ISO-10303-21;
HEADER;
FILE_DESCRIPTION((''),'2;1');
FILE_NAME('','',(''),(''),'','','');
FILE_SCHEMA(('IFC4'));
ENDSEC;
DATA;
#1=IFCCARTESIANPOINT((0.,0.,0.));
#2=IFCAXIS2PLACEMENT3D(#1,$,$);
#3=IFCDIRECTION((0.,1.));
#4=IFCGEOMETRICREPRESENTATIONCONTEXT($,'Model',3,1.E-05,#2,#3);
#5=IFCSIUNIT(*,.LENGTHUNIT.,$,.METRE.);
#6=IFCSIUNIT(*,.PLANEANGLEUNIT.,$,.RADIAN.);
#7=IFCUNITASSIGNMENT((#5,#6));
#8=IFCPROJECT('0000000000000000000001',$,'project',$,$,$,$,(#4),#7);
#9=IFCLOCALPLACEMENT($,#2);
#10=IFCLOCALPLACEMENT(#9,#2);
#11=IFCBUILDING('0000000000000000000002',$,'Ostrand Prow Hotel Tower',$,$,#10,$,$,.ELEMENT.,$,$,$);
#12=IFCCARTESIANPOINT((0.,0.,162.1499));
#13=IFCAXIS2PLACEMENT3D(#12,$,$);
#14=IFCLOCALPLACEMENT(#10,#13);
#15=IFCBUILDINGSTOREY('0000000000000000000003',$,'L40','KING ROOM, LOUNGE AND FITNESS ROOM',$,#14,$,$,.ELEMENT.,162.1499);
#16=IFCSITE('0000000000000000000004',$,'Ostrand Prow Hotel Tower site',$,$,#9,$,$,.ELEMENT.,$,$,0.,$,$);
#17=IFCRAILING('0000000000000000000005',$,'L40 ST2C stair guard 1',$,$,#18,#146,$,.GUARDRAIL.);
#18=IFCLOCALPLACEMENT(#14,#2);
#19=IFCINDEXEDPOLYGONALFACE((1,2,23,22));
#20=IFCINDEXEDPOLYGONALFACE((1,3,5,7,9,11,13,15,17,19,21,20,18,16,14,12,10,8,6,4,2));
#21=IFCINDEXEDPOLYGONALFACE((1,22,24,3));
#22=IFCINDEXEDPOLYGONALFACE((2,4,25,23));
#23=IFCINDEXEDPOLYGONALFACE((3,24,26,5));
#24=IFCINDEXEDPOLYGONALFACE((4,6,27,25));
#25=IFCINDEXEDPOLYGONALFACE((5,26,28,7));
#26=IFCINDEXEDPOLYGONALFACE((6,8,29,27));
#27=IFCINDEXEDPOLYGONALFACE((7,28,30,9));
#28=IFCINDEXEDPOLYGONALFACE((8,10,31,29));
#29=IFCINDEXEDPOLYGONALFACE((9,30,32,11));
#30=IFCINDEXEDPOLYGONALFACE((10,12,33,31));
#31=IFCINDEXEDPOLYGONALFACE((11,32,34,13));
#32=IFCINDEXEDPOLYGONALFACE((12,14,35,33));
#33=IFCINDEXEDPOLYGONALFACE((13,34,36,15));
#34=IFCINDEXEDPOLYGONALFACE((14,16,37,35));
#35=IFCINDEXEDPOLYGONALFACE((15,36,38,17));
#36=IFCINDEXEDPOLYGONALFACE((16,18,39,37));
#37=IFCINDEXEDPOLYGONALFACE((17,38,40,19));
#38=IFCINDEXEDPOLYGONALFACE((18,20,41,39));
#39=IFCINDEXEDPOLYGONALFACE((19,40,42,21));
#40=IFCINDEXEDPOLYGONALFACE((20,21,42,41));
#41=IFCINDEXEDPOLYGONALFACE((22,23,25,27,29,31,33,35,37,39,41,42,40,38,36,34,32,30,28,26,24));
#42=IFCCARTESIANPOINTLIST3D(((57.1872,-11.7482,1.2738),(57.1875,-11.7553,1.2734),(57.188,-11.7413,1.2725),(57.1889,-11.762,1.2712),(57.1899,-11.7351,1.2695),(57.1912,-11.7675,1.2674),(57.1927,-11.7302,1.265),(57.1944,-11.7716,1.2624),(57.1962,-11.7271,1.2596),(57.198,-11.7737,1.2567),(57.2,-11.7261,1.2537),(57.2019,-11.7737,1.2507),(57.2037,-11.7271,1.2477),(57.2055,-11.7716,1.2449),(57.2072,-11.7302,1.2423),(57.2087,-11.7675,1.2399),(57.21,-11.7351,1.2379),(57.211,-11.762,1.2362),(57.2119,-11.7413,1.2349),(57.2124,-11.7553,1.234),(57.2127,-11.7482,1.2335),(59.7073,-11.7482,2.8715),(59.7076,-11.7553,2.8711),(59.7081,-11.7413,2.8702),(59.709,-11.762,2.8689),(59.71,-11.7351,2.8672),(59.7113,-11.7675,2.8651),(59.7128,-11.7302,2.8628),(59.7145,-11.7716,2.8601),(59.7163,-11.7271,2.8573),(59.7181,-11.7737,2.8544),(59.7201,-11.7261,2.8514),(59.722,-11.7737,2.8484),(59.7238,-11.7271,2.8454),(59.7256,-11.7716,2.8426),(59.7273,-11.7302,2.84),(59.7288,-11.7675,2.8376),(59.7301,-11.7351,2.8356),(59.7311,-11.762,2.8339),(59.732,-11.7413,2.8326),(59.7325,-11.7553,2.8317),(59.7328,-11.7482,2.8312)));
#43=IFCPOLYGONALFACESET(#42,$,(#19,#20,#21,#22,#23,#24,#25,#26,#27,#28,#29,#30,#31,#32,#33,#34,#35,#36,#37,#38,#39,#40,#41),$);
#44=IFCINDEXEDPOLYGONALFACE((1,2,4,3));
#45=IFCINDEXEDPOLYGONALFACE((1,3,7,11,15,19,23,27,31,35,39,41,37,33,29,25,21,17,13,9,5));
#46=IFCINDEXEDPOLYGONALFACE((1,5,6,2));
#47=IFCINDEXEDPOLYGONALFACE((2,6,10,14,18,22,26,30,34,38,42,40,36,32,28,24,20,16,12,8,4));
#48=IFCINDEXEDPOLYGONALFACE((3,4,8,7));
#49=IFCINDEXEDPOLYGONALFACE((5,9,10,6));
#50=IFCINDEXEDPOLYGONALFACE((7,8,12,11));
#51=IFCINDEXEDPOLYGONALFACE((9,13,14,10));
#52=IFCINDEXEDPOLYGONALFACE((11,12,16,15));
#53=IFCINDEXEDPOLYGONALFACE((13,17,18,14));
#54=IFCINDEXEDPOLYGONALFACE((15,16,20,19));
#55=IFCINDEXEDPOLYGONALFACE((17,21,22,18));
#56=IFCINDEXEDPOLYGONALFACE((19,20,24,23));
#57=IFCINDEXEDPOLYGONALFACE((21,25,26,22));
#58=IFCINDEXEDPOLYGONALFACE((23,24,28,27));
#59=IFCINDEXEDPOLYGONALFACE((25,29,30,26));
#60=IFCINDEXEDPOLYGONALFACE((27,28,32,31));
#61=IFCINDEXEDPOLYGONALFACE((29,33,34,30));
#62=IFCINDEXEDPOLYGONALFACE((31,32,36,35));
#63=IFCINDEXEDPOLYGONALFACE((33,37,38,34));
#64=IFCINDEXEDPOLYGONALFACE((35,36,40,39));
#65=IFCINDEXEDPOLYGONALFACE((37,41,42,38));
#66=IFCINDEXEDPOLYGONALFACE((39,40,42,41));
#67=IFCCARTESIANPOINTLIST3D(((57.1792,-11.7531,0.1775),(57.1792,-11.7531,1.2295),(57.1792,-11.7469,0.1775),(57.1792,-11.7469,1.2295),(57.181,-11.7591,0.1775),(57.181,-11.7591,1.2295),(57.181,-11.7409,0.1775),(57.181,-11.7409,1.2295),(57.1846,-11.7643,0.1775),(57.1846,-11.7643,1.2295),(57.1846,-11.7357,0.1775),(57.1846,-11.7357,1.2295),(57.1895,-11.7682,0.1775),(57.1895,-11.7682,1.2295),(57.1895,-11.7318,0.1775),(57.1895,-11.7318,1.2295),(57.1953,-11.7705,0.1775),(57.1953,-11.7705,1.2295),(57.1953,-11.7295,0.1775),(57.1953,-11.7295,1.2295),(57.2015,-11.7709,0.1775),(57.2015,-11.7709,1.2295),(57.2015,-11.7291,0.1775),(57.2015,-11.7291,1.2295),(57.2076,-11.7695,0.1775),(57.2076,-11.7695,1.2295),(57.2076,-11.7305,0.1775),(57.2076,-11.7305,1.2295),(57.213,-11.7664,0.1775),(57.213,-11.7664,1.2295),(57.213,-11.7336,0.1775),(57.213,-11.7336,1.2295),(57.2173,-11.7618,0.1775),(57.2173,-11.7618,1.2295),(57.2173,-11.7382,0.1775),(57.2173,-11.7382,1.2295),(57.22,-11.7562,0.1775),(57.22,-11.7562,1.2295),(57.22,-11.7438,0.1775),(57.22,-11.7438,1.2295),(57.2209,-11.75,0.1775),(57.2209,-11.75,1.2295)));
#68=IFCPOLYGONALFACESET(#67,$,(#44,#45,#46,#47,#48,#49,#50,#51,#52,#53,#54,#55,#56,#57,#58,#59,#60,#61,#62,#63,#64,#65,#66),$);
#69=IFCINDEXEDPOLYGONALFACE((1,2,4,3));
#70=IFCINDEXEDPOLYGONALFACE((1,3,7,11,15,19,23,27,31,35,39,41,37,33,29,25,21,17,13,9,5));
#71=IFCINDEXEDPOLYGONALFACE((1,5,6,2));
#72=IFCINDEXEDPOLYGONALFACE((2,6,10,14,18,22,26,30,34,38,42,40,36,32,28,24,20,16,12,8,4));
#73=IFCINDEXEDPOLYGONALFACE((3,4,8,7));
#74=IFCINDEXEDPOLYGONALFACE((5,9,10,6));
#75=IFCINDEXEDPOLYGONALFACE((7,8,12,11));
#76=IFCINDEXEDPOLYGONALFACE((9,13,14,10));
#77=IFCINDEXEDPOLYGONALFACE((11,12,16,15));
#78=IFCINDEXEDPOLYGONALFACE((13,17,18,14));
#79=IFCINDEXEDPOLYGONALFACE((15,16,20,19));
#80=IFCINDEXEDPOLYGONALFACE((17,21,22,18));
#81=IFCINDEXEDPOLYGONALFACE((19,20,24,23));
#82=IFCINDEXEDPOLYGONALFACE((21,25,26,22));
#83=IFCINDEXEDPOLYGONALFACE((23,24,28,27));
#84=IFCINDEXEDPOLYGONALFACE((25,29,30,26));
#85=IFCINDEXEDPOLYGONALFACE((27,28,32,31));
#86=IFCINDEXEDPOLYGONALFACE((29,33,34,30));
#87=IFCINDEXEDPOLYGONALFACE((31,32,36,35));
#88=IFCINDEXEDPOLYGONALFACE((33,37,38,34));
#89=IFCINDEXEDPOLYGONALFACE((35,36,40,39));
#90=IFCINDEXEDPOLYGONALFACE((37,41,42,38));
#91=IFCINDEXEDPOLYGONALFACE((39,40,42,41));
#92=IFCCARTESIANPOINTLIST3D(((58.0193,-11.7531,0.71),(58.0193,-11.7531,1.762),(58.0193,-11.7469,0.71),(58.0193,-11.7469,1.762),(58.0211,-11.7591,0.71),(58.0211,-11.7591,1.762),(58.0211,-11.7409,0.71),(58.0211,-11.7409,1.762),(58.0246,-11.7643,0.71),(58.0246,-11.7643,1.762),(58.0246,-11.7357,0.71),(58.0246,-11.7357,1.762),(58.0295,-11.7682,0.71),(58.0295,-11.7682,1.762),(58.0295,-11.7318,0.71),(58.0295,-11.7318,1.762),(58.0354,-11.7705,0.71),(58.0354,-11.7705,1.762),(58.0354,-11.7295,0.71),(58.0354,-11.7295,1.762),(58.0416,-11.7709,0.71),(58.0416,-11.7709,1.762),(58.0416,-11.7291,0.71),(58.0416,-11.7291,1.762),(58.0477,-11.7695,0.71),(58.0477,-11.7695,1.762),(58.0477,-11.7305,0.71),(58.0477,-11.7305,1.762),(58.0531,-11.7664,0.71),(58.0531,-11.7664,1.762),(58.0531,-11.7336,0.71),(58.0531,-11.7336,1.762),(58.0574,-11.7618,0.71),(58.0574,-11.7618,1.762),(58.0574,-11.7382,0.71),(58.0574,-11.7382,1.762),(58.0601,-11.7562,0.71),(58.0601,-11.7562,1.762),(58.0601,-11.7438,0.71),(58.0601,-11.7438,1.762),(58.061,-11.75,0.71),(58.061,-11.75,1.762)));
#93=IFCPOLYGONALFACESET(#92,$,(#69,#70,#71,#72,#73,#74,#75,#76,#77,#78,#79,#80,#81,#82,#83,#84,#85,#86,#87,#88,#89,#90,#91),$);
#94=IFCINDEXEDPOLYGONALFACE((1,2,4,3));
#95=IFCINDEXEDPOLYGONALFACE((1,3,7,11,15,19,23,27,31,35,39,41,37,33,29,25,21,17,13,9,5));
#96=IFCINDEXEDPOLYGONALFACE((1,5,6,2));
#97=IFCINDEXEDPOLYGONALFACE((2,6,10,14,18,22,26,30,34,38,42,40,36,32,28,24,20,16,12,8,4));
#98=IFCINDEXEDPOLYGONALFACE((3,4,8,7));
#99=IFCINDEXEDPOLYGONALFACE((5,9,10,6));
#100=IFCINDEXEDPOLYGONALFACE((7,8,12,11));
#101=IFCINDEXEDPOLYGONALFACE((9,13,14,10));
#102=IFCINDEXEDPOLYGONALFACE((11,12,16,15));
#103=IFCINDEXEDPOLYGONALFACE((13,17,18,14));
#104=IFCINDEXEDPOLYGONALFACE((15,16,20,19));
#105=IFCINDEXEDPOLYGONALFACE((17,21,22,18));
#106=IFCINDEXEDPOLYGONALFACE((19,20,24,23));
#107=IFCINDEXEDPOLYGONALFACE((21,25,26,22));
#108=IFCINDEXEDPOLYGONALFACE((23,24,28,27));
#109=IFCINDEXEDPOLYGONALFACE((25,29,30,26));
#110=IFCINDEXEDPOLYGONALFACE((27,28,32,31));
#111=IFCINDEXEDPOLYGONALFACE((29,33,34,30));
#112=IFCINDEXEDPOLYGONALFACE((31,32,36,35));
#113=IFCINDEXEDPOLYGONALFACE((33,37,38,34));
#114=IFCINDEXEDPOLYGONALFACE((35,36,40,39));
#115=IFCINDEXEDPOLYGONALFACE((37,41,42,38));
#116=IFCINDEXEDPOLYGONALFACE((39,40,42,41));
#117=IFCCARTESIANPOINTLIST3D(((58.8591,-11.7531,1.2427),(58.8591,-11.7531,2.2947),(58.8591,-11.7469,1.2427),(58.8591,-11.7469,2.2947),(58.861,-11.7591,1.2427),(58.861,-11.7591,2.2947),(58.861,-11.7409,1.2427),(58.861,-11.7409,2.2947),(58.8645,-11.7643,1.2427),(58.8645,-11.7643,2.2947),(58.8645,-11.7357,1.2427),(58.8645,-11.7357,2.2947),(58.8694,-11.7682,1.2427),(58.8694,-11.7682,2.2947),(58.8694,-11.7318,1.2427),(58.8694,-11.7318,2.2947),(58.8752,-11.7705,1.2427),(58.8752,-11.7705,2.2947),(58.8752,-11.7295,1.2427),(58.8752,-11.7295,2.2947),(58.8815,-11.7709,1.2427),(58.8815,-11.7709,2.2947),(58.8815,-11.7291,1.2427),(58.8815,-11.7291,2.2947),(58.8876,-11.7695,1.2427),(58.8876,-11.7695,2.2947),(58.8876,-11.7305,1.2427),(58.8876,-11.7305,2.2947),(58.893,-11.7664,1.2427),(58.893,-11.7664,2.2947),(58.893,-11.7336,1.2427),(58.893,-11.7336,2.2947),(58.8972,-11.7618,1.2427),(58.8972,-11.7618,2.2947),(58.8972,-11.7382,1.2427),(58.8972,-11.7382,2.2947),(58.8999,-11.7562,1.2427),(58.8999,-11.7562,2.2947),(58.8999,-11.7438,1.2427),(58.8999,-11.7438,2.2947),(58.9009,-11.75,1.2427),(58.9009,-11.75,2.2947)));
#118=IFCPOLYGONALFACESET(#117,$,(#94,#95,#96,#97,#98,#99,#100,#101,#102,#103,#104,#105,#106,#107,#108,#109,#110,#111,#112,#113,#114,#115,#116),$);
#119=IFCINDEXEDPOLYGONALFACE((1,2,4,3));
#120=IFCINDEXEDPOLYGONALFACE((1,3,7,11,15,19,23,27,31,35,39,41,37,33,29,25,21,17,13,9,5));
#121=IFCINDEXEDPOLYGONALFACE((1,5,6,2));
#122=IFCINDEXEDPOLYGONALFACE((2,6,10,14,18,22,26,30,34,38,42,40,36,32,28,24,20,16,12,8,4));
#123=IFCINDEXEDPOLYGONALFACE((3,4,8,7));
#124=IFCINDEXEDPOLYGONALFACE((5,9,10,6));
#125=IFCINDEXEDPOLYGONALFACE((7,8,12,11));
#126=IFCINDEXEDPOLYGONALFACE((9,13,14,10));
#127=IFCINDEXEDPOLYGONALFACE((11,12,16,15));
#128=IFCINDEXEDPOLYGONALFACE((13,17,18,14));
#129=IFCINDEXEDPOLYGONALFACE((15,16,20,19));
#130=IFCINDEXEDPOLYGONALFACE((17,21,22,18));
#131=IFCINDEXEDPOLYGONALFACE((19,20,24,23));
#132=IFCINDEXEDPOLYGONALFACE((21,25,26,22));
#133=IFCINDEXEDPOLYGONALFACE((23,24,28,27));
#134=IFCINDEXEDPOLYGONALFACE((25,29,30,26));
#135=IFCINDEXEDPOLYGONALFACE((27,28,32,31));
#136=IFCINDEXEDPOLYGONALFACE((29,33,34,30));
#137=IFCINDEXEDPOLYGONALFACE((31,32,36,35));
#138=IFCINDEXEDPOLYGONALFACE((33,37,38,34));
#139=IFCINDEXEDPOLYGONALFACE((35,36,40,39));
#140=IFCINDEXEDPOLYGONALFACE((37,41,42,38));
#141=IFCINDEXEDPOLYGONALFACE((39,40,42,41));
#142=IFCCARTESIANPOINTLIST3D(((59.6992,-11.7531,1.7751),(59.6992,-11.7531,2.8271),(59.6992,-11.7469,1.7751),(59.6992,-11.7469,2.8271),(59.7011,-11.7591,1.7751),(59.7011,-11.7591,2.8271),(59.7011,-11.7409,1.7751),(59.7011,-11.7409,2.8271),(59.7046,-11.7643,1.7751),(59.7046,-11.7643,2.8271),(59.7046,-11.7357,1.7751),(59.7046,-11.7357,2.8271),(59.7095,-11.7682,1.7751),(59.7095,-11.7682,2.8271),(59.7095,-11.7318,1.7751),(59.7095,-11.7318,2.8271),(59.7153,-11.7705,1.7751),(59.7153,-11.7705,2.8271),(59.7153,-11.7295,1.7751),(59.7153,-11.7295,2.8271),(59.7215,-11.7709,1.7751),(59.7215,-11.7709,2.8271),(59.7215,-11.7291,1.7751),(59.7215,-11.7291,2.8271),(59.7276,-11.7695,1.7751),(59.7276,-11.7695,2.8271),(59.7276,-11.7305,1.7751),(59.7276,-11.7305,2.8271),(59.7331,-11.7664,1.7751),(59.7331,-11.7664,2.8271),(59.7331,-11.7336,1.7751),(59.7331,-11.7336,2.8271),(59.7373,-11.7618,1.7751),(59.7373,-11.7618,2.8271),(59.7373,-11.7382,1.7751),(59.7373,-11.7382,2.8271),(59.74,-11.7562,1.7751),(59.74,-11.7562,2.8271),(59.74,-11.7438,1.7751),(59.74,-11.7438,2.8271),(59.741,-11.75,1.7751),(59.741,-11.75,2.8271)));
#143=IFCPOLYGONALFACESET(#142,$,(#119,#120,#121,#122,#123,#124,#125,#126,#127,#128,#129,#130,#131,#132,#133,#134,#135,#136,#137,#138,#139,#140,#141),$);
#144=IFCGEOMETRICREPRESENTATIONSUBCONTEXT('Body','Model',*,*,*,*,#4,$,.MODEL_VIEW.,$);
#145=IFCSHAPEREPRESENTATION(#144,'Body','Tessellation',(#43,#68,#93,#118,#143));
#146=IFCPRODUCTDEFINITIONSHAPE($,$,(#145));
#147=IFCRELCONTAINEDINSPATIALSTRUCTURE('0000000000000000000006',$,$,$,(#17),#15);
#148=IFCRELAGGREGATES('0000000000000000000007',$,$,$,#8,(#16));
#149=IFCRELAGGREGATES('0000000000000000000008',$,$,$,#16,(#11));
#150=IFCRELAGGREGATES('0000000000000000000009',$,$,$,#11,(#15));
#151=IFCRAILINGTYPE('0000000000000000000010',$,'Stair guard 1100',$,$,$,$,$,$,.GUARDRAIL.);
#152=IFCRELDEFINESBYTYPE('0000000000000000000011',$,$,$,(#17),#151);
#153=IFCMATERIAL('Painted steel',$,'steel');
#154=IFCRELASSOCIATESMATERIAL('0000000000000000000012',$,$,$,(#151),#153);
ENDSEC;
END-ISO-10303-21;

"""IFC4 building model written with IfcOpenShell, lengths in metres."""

from ifc_helpers import new_model, si_unit, direction, frame, origin, origin_2d, place, context, subcontext, project, spatial, circle, extrude, material, type_object, element, save


model = new_model("IFC4")

# Units and contexts
model_context = context("Model", 3, precision=1e-05, world=origin(), true_north=direction((0.0, 1.0)))
body_context = subcontext(model_context, "Body", "Model", "MODEL_VIEW")
ifc_project = project(units=[si_unit("LENGTHUNIT", "METRE"), si_unit("PLANEANGLEUNIT", "RADIAN")], contexts=[model_context])

# Site, building, storey
site_placement = place(None, origin())
site = spatial("IfcSite", under=ifc_project, at=site_placement, Name="Ostrand Prow Hotel Tower site", CompositionType="ELEMENT", RefElevation=0.0)
building_placement = place(site_placement, origin())
building = spatial("IfcBuilding", under=site, at=building_placement, Name="Ostrand Prow Hotel Tower", CompositionType="ELEMENT")
storey_placement = place(building_placement, frame((0.0, 0.0, 162.1499)))
storey = spatial("IfcBuildingStorey", under=building, at=storey_placement, Name="L40", Description="KING ROOM, LOUNGE AND FITNESS ROOM", CompositionType="ELEMENT", Elevation=162.1499)

# Railing
ifc_material_1 = material(Name="Painted steel", Category="steel")
railing_type_1 = type_object("IfcRailingType", Name="Stair guard 1100", PredefinedType="GUARDRAIL", material=ifc_material_1)
railing_1_placement = place(storey_placement, frame((57.2, -11.75, 0.1775)))
element("IfcRailing", 1, at=railing_1_placement, inside=storey, type_object=railing_type_1, Name="L40 ST2C stair guard 1", PredefinedType="GUARDRAIL", context=body_context, shape_type="SweptSolid", body=[
    extrude(circle(Radius=0.0239, at=origin_2d()), frame((0.0, 0.0, 1.0762), z_axis=(0.84457, 0.0, 0.535445), x_axis=(0.0, 1.0, 0.0)), (0.0, 0.0, 1.0), 2.9839),
    extrude(circle(Radius=0.021, at=origin_2d()), origin(), (0.0, 0.0, 1.0), 1.052),
    extrude(circle(Radius=0.021, at=origin_2d()), frame((0.8401, 0.0, 0.5325)), (0.0, 0.0, 1.0), 1.052),
    extrude(circle(Radius=0.021, at=origin_2d()), frame((1.6799, 0.0, 1.0652)), (0.0, 0.0, 1.0), 1.052),
    extrude(circle(Radius=0.021, at=origin_2d()), frame((2.52, 0.0, 1.5977)), (0.0, 0.0, 1.0), 1.052),
])

save(model, "model.ifc")
